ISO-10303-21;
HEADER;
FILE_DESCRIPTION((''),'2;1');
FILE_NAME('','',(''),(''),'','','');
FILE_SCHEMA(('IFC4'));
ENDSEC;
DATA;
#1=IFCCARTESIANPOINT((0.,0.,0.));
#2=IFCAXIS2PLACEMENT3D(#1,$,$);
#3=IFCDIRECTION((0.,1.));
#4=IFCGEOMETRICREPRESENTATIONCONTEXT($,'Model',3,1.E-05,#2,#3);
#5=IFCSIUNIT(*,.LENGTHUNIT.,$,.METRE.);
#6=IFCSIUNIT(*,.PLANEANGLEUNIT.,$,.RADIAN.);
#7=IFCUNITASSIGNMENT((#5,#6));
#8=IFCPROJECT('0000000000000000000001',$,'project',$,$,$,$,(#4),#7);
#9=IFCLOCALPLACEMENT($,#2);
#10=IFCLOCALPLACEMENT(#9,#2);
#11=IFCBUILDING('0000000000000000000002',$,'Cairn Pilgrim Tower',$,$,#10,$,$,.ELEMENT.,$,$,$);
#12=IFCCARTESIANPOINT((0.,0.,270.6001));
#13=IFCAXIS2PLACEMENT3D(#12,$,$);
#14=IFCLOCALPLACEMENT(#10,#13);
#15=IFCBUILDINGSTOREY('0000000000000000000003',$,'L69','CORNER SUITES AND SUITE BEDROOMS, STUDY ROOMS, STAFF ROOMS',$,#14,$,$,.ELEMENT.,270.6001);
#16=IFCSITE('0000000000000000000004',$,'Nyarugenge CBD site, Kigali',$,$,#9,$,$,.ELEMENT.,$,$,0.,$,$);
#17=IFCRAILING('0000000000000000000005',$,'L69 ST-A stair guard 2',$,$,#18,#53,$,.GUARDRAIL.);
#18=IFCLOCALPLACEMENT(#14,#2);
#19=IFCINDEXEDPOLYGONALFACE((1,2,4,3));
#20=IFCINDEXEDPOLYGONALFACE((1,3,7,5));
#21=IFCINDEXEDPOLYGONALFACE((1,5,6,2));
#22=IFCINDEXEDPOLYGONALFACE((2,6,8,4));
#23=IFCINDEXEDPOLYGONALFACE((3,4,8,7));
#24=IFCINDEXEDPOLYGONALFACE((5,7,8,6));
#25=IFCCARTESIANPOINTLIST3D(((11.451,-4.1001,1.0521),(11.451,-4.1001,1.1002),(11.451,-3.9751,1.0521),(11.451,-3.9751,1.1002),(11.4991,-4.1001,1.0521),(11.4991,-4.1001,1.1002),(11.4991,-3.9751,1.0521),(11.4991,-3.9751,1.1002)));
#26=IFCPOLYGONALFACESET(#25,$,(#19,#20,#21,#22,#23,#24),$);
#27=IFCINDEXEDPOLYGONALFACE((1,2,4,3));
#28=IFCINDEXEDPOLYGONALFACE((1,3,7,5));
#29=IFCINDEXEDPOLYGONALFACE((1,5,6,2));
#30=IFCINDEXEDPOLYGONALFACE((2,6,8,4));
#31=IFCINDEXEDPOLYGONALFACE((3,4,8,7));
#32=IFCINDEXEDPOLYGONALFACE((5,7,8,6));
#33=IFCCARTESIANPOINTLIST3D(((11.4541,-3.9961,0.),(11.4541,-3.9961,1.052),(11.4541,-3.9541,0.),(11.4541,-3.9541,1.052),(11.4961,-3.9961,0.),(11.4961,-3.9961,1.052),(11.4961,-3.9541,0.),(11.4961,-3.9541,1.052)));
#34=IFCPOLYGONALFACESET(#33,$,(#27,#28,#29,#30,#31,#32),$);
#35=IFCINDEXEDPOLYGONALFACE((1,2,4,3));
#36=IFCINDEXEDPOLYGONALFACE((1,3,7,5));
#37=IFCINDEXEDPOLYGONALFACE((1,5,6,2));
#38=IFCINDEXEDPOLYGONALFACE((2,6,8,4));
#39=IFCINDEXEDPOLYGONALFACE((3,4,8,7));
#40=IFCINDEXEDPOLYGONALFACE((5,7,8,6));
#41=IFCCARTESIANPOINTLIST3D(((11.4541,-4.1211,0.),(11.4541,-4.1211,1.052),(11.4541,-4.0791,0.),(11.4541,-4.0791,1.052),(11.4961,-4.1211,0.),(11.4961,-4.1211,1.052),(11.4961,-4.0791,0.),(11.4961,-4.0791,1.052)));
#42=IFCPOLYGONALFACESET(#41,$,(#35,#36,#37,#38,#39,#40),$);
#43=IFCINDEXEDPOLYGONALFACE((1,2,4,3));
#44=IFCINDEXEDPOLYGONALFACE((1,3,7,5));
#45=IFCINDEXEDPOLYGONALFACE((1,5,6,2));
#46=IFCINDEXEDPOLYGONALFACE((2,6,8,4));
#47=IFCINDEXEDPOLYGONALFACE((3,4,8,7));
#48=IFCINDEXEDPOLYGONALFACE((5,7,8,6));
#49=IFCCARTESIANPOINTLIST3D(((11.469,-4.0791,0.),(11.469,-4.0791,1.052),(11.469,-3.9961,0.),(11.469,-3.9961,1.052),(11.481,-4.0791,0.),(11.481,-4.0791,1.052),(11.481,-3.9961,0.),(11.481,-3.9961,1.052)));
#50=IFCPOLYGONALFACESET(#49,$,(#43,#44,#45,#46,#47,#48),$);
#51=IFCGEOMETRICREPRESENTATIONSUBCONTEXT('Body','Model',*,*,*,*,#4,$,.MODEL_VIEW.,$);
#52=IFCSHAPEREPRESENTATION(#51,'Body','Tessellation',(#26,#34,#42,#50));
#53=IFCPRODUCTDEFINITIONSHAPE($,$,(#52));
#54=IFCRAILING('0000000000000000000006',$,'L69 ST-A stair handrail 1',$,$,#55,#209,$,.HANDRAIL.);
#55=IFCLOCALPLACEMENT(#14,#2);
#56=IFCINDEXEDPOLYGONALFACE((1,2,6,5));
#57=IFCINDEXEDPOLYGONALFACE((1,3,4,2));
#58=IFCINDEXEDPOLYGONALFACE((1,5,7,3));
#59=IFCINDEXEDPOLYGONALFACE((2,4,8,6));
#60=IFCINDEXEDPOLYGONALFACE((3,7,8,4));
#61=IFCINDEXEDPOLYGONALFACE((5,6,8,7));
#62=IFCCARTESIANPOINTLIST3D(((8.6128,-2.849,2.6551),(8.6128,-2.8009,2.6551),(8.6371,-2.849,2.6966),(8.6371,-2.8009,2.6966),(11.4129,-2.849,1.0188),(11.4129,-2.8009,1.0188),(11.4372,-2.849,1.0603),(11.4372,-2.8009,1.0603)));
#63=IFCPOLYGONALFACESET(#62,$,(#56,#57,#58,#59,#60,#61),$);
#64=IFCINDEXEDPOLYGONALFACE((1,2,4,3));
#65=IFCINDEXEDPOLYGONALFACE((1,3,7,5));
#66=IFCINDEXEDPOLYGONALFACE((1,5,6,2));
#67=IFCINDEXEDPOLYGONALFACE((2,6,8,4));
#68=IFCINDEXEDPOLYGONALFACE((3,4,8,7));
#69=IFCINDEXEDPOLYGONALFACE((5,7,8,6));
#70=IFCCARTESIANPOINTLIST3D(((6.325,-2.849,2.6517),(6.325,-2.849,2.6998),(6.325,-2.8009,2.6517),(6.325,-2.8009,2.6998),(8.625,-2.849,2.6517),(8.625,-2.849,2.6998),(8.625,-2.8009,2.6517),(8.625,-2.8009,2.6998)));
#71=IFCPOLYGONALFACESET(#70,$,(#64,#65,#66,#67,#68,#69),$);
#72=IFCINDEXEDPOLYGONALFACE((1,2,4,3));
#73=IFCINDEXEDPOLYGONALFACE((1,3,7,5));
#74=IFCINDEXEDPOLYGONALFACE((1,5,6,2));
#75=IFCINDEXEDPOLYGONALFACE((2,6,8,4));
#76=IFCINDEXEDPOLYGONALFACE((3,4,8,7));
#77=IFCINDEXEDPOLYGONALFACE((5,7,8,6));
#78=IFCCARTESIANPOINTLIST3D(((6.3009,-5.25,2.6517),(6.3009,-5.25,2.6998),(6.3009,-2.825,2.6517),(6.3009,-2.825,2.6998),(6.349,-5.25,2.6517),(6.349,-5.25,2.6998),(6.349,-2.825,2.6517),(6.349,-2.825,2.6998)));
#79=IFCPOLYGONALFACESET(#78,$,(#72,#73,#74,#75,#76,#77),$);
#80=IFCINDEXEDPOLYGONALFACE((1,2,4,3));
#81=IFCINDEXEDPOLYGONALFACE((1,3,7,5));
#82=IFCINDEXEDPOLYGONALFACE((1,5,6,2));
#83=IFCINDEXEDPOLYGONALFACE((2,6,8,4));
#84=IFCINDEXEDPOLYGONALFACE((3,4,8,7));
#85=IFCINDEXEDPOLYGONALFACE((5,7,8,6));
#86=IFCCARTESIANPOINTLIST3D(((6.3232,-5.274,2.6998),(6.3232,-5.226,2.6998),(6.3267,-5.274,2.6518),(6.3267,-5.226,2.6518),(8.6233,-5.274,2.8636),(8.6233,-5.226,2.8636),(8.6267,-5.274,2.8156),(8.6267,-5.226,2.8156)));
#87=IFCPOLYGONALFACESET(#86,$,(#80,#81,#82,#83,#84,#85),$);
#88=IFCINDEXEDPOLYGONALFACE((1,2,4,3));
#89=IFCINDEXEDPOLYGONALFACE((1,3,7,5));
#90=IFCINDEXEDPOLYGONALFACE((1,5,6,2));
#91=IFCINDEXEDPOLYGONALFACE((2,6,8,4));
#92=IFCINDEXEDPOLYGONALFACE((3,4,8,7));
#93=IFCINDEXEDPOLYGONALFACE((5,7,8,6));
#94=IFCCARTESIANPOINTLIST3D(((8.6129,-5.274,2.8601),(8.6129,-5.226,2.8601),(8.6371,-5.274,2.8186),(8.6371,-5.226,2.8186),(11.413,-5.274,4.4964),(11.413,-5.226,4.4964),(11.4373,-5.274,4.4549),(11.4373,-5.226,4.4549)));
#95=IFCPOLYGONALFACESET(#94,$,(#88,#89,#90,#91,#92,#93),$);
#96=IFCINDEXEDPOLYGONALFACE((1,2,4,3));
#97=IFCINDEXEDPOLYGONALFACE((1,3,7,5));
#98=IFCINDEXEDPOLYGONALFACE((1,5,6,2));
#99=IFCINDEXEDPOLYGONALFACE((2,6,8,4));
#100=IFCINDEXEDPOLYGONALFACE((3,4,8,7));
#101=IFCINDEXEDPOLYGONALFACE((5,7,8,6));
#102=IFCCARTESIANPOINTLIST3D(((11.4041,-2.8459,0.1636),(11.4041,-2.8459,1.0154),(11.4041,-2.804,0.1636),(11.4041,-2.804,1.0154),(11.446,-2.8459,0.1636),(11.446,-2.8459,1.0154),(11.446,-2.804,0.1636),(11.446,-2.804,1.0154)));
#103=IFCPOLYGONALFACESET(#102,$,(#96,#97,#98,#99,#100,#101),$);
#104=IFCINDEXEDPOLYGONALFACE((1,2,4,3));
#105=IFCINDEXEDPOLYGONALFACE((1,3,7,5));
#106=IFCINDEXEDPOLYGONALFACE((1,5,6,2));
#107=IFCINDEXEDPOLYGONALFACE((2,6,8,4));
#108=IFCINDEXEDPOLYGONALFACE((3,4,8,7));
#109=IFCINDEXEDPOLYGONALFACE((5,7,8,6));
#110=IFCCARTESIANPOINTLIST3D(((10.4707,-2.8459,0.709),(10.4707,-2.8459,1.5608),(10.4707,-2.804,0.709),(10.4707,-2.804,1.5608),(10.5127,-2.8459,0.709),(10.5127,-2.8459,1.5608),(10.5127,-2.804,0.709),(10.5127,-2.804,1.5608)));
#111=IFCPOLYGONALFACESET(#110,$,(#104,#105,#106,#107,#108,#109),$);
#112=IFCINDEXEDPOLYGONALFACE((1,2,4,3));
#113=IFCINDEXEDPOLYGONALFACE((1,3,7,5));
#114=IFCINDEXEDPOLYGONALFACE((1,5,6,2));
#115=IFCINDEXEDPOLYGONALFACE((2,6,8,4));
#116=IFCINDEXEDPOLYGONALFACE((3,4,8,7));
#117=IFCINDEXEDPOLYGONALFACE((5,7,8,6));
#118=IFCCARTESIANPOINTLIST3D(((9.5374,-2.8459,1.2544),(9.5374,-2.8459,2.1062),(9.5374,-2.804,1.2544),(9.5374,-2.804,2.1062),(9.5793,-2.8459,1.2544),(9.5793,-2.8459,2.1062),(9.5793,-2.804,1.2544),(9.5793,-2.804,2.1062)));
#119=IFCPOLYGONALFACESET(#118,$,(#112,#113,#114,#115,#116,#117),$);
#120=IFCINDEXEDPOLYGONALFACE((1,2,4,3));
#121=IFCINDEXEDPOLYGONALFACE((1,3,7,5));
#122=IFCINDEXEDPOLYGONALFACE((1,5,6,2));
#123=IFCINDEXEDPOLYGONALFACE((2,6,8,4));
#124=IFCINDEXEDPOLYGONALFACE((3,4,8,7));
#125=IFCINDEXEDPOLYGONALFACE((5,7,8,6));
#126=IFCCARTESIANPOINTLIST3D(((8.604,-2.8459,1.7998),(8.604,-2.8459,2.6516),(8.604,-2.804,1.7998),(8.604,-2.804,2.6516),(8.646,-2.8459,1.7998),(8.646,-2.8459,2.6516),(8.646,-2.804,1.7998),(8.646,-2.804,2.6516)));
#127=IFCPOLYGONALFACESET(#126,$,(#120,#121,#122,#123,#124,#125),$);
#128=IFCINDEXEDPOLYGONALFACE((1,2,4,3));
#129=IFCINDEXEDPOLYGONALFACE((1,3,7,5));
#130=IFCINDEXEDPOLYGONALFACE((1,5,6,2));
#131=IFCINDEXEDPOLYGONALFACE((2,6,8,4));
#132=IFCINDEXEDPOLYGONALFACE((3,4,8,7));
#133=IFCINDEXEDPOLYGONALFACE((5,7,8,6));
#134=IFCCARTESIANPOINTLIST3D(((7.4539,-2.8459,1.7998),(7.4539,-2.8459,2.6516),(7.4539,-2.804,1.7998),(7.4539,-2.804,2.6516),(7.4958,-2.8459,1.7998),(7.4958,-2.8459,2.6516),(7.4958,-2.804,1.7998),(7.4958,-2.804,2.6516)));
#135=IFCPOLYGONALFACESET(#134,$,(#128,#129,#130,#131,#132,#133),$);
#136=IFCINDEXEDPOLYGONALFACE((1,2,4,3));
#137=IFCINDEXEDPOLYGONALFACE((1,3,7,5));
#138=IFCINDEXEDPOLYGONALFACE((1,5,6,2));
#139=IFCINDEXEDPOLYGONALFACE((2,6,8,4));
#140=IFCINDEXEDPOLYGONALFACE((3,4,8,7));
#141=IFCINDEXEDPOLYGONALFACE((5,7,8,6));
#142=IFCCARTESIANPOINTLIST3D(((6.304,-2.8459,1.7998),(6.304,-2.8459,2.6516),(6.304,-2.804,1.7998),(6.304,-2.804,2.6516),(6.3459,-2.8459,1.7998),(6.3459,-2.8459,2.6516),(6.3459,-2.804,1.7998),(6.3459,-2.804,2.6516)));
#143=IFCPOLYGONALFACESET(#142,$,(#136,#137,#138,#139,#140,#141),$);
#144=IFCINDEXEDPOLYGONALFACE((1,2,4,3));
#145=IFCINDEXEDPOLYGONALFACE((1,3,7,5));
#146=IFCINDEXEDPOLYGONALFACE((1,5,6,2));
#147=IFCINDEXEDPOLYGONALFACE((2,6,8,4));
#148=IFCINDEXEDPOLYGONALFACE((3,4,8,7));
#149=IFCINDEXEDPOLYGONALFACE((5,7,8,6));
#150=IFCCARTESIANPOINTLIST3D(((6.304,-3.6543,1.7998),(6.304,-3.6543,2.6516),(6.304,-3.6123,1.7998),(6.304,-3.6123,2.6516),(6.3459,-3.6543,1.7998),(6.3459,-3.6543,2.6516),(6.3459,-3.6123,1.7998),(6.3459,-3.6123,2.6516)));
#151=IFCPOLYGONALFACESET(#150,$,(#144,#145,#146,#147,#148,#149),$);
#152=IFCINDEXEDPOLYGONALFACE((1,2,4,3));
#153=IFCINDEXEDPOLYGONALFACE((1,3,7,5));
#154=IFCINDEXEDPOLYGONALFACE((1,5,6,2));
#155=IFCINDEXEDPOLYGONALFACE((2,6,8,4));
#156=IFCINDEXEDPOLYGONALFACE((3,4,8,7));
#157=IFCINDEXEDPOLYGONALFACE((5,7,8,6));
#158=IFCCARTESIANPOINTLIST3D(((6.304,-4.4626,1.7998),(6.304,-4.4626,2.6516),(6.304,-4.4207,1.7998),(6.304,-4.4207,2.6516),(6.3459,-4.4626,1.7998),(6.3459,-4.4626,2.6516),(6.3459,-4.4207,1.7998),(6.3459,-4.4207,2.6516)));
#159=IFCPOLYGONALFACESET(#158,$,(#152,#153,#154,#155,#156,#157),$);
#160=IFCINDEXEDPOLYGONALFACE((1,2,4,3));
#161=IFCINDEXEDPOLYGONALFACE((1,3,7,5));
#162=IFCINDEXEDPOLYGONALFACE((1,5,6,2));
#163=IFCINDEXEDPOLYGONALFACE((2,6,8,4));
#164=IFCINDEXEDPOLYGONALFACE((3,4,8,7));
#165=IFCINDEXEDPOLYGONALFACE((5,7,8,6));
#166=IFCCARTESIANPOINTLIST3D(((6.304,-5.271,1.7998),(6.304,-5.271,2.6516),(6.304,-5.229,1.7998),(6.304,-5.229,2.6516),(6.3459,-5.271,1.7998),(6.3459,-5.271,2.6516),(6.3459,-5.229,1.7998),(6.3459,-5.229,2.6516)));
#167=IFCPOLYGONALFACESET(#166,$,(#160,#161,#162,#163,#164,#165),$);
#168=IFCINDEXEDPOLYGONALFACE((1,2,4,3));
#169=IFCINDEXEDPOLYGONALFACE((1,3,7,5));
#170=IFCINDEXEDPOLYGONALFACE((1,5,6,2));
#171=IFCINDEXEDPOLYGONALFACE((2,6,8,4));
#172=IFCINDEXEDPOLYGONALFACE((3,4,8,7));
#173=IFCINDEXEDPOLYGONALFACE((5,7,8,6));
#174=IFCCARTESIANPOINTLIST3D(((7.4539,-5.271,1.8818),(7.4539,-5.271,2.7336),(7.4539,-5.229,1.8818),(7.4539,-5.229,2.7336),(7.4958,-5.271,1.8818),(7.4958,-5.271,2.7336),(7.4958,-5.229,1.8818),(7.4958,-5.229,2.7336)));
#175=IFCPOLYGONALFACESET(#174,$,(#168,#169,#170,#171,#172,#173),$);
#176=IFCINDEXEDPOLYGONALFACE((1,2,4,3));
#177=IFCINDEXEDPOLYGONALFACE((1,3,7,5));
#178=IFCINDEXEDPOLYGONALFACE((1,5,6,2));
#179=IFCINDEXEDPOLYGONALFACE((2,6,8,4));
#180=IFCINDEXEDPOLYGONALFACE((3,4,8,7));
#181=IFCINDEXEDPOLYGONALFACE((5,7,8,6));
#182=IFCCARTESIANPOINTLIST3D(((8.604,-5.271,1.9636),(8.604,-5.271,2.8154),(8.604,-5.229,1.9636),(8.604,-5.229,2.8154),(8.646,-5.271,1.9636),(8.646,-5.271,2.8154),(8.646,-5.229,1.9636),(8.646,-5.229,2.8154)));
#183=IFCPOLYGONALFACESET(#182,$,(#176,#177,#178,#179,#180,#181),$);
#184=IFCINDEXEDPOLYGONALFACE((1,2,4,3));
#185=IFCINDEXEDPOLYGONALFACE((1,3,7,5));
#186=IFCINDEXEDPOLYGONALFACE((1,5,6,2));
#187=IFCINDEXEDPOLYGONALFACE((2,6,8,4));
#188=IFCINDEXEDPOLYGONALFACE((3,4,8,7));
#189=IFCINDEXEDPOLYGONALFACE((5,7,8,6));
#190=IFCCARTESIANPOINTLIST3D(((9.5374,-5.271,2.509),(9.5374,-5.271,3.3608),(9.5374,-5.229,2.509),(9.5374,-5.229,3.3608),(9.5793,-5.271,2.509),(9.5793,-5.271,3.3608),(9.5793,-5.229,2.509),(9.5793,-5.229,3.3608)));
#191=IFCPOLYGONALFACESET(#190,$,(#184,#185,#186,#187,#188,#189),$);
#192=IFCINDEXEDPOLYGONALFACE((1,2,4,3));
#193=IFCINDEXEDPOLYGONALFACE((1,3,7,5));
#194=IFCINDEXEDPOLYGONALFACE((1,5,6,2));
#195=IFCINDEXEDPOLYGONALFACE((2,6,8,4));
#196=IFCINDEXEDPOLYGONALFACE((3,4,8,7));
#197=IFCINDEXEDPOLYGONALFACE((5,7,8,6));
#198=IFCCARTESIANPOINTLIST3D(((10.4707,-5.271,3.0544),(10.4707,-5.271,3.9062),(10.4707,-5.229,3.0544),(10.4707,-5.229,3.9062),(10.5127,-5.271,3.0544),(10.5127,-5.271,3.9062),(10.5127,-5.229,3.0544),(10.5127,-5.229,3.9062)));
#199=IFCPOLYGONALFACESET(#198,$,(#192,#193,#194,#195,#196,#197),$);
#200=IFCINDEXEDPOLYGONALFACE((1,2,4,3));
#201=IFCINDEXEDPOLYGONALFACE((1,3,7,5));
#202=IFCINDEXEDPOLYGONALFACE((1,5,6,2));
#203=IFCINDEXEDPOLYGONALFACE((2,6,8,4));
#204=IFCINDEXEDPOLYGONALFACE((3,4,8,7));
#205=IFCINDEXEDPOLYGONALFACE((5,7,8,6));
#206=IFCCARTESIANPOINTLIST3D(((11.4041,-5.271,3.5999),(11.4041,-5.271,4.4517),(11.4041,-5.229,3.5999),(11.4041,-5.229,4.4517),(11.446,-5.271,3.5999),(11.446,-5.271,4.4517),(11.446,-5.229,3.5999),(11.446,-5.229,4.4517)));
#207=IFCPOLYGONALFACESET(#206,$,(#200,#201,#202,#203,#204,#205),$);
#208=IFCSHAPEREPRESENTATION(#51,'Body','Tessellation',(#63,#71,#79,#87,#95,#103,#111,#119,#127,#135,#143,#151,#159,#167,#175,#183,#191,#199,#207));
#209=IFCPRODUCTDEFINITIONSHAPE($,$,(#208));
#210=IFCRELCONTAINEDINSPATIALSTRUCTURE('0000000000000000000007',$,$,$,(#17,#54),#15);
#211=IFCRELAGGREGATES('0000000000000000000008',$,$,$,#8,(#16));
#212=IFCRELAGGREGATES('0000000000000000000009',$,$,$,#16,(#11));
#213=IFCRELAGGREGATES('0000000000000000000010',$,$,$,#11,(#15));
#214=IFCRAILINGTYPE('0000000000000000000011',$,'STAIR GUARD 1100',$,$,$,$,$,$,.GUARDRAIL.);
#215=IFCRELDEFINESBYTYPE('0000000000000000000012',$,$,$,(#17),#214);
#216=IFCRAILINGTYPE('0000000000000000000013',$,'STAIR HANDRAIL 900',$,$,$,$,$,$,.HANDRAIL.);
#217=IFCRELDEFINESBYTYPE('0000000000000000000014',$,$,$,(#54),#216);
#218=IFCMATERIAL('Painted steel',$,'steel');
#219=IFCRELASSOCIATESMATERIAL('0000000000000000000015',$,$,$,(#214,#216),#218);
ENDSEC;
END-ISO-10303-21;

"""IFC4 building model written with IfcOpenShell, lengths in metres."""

from ifc_helpers import new_model, si_unit, direction, frame, origin, origin_2d, place, context, subcontext, project, spatial, polyline, rectangle, outline, extrude, material, type_object, element, save


model = new_model("IFC4")

# Units and contexts
model_context = context("Model", 3, precision=1e-05, world=origin(), true_north=direction((0.0, 1.0)))
body_context = subcontext(model_context, "Body", "Model", "MODEL_VIEW")
ifc_project = project(units=[si_unit("LENGTHUNIT", "METRE"), si_unit("PLANEANGLEUNIT", "RADIAN")], contexts=[model_context])

# Site, building, storey
site_placement = place(None, origin())
site = spatial("IfcSite", under=ifc_project, at=site_placement, Name="Nyarugenge CBD site, Kigali", CompositionType="ELEMENT", RefElevation=0.0)
building_placement = place(site_placement, origin())
building = spatial("IfcBuilding", under=site, at=building_placement, Name="Cairn Pilgrim Tower", CompositionType="ELEMENT")
storey_placement = place(building_placement, frame((0.0, 0.0, 270.6001)))
storey = spatial("IfcBuildingStorey", under=building, at=storey_placement, Name="L69", Description="CORNER SUITES AND SUITE BEDROOMS, STUDY ROOMS, STAFF ROOMS", CompositionType="ELEMENT", Elevation=270.6001)

# Shared definitions
ifc_material_1 = material(Name="Painted steel", Category="steel")

# Railings
railing_type_1 = type_object("IfcRailingType", Name="STAIR GUARD 1100", PredefinedType="GUARDRAIL", material=ifc_material_1)
railing_1_placement = place(storey_placement, frame((11.4751, -3.9751, 0.0)))
element("IfcRailing", 1, at=railing_1_placement, inside=storey, type_object=railing_type_1, Name="L69 ST-A stair guard 2", PredefinedType="GUARDRAIL", context=body_context, shape_type="SweptSolid", body=[
    extrude(rectangle(XDim=0.0481, YDim=0.0481, at=origin_2d()), frame((0.0, 0.0, 1.0762), z_axis=(0.0, -1.0, 0.0), x_axis=(1.0, 0.0, 0.0)), (0.0, 0.0, 1.0), 0.125),
    extrude(rectangle(XDim=0.042, YDim=0.042, at=origin_2d()), origin(), (0.0, 0.0, 1.0), 1.052),
    extrude(rectangle(XDim=0.042, YDim=0.042, at=origin_2d()), frame((0.0, -0.125, 0.0)), (0.0, 0.0, 1.0), 1.052),
    extrude(outline(polyline([(0.021, 0.0), (0.104, 0.0), (0.104, 1.052), (0.021, 1.052), (0.021, 0.0)])), frame((0.0059, 0.0, 0.0), z_axis=(-1.0, 0.0, 0.0), x_axis=(0.0, -1.0, 0.0)), (0.0, 0.0, 1.0), 0.012),
])
railing_type_2 = type_object("IfcRailingType", Name="STAIR HANDRAIL 900", PredefinedType="HANDRAIL", material=ifc_material_1)
railing_2_placement = place(storey_placement, frame((11.425, -2.825, 0.1636)))
element("IfcRailing", 2, at=railing_2_placement, inside=storey, type_object=railing_type_2, Name="L69 ST-A stair handrail 1", PredefinedType="HANDRAIL", context=body_context, shape_type="SweptSolid", body=[
    extrude(rectangle(XDim=0.0481, YDim=0.0481, at=origin_2d()), frame((0.0, 0.0, 0.876), z_axis=(-0.863394, 0.0, 0.504531), x_axis=(0.0, -1.0, 0.0)), (0.0, 0.0, 1.0), 3.2432),
    extrude(rectangle(XDim=0.0481, YDim=0.0481, at=origin_2d()), frame((-2.8, 0.0, 2.5122), z_axis=(-1.0, 0.0, 0.0), x_axis=(0.0, -1.0, 0.0)), (0.0, 0.0, 1.0), 2.3),
    extrude(rectangle(XDim=0.0481, YDim=0.0481, at=origin_2d()), frame((-5.1001, 0.0, 2.5122), z_axis=(0.0, -1.0, 0.0), x_axis=(1.0, 0.0, 0.0)), (0.0, 0.0, 1.0), 2.425),
    extrude(rectangle(XDim=0.0481, YDim=0.0481, at=origin_2d()), frame((-5.1001, -2.425, 2.5122), z_axis=(0.997473, 0.0, 0.071044), x_axis=(0.0, 1.0, 0.0)), (0.0, 0.0, 1.0), 2.3059),
    extrude(rectangle(XDim=0.0481, YDim=0.0481, at=origin_2d()), frame((-2.8, -2.425, 2.6758), z_axis=(0.863394, 0.0, 0.504531), x_axis=(0.0, 1.0, 0.0)), (0.0, 0.0, 1.0), 3.2432),
    extrude(rectangle(XDim=0.042, YDim=0.042, at=origin_2d()), origin(), (0.0, 0.0, 1.0), 0.8518),
    extrude(rectangle(XDim=0.042, YDim=0.042, at=origin_2d()), frame((-0.9333, 0.0, 0.5454)), (0.0, 0.0, 1.0), 0.8518),
    extrude(rectangle(XDim=0.042, YDim=0.042, at=origin_2d()), frame((-1.8667, 0.0, 1.0908)), (0.0, 0.0, 1.0), 0.8518),
    extrude(rectangle(XDim=0.042, YDim=0.042, at=origin_2d()), frame((-2.8, 0.0, 1.6362)), (0.0, 0.0, 1.0), 0.8518),
    extrude(rectangle(XDim=0.042, YDim=0.042, at=origin_2d()), frame((-3.9502, 0.0, 1.6362)), (0.0, 0.0, 1.0), 0.8518),
    extrude(rectangle(XDim=0.042, YDim=0.042, at=origin_2d()), frame((-5.1001, 0.0, 1.6362)), (0.0, 0.0, 1.0), 0.8518),
    extrude(rectangle(XDim=0.042, YDim=0.042, at=origin_2d()), frame((-5.1001, -0.8083, 1.6362)), (0.0, 0.0, 1.0), 0.8518),
    extrude(rectangle(XDim=0.042, YDim=0.042, at=origin_2d()), frame((-5.1001, -1.6167, 1.6362)), (0.0, 0.0, 1.0), 0.8518),
    extrude(rectangle(XDim=0.042, YDim=0.042, at=origin_2d()), frame((-5.1001, -2.425, 1.6362)), (0.0, 0.0, 1.0), 0.8518),
    extrude(rectangle(XDim=0.042, YDim=0.042, at=origin_2d()), frame((-3.9502, -2.425, 1.7183)), (0.0, 0.0, 1.0), 0.8518),
    extrude(rectangle(XDim=0.042, YDim=0.042, at=origin_2d()), frame((-2.8, -2.425, 1.8)), (0.0, 0.0, 1.0), 0.8518),
    extrude(rectangle(XDim=0.042, YDim=0.042, at=origin_2d()), frame((-1.8667, -2.425, 2.3455)), (0.0, 0.0, 1.0), 0.8518),
    extrude(rectangle(XDim=0.042, YDim=0.042, at=origin_2d()), frame((-0.9333, -2.425, 2.8909)), (0.0, 0.0, 1.0), 0.8518),
    extrude(rectangle(XDim=0.042, YDim=0.042, at=origin_2d()), frame((0.0, -2.425, 3.4363)), (0.0, 0.0, 1.0), 0.8518),
])

save(model, "model.ifc")
